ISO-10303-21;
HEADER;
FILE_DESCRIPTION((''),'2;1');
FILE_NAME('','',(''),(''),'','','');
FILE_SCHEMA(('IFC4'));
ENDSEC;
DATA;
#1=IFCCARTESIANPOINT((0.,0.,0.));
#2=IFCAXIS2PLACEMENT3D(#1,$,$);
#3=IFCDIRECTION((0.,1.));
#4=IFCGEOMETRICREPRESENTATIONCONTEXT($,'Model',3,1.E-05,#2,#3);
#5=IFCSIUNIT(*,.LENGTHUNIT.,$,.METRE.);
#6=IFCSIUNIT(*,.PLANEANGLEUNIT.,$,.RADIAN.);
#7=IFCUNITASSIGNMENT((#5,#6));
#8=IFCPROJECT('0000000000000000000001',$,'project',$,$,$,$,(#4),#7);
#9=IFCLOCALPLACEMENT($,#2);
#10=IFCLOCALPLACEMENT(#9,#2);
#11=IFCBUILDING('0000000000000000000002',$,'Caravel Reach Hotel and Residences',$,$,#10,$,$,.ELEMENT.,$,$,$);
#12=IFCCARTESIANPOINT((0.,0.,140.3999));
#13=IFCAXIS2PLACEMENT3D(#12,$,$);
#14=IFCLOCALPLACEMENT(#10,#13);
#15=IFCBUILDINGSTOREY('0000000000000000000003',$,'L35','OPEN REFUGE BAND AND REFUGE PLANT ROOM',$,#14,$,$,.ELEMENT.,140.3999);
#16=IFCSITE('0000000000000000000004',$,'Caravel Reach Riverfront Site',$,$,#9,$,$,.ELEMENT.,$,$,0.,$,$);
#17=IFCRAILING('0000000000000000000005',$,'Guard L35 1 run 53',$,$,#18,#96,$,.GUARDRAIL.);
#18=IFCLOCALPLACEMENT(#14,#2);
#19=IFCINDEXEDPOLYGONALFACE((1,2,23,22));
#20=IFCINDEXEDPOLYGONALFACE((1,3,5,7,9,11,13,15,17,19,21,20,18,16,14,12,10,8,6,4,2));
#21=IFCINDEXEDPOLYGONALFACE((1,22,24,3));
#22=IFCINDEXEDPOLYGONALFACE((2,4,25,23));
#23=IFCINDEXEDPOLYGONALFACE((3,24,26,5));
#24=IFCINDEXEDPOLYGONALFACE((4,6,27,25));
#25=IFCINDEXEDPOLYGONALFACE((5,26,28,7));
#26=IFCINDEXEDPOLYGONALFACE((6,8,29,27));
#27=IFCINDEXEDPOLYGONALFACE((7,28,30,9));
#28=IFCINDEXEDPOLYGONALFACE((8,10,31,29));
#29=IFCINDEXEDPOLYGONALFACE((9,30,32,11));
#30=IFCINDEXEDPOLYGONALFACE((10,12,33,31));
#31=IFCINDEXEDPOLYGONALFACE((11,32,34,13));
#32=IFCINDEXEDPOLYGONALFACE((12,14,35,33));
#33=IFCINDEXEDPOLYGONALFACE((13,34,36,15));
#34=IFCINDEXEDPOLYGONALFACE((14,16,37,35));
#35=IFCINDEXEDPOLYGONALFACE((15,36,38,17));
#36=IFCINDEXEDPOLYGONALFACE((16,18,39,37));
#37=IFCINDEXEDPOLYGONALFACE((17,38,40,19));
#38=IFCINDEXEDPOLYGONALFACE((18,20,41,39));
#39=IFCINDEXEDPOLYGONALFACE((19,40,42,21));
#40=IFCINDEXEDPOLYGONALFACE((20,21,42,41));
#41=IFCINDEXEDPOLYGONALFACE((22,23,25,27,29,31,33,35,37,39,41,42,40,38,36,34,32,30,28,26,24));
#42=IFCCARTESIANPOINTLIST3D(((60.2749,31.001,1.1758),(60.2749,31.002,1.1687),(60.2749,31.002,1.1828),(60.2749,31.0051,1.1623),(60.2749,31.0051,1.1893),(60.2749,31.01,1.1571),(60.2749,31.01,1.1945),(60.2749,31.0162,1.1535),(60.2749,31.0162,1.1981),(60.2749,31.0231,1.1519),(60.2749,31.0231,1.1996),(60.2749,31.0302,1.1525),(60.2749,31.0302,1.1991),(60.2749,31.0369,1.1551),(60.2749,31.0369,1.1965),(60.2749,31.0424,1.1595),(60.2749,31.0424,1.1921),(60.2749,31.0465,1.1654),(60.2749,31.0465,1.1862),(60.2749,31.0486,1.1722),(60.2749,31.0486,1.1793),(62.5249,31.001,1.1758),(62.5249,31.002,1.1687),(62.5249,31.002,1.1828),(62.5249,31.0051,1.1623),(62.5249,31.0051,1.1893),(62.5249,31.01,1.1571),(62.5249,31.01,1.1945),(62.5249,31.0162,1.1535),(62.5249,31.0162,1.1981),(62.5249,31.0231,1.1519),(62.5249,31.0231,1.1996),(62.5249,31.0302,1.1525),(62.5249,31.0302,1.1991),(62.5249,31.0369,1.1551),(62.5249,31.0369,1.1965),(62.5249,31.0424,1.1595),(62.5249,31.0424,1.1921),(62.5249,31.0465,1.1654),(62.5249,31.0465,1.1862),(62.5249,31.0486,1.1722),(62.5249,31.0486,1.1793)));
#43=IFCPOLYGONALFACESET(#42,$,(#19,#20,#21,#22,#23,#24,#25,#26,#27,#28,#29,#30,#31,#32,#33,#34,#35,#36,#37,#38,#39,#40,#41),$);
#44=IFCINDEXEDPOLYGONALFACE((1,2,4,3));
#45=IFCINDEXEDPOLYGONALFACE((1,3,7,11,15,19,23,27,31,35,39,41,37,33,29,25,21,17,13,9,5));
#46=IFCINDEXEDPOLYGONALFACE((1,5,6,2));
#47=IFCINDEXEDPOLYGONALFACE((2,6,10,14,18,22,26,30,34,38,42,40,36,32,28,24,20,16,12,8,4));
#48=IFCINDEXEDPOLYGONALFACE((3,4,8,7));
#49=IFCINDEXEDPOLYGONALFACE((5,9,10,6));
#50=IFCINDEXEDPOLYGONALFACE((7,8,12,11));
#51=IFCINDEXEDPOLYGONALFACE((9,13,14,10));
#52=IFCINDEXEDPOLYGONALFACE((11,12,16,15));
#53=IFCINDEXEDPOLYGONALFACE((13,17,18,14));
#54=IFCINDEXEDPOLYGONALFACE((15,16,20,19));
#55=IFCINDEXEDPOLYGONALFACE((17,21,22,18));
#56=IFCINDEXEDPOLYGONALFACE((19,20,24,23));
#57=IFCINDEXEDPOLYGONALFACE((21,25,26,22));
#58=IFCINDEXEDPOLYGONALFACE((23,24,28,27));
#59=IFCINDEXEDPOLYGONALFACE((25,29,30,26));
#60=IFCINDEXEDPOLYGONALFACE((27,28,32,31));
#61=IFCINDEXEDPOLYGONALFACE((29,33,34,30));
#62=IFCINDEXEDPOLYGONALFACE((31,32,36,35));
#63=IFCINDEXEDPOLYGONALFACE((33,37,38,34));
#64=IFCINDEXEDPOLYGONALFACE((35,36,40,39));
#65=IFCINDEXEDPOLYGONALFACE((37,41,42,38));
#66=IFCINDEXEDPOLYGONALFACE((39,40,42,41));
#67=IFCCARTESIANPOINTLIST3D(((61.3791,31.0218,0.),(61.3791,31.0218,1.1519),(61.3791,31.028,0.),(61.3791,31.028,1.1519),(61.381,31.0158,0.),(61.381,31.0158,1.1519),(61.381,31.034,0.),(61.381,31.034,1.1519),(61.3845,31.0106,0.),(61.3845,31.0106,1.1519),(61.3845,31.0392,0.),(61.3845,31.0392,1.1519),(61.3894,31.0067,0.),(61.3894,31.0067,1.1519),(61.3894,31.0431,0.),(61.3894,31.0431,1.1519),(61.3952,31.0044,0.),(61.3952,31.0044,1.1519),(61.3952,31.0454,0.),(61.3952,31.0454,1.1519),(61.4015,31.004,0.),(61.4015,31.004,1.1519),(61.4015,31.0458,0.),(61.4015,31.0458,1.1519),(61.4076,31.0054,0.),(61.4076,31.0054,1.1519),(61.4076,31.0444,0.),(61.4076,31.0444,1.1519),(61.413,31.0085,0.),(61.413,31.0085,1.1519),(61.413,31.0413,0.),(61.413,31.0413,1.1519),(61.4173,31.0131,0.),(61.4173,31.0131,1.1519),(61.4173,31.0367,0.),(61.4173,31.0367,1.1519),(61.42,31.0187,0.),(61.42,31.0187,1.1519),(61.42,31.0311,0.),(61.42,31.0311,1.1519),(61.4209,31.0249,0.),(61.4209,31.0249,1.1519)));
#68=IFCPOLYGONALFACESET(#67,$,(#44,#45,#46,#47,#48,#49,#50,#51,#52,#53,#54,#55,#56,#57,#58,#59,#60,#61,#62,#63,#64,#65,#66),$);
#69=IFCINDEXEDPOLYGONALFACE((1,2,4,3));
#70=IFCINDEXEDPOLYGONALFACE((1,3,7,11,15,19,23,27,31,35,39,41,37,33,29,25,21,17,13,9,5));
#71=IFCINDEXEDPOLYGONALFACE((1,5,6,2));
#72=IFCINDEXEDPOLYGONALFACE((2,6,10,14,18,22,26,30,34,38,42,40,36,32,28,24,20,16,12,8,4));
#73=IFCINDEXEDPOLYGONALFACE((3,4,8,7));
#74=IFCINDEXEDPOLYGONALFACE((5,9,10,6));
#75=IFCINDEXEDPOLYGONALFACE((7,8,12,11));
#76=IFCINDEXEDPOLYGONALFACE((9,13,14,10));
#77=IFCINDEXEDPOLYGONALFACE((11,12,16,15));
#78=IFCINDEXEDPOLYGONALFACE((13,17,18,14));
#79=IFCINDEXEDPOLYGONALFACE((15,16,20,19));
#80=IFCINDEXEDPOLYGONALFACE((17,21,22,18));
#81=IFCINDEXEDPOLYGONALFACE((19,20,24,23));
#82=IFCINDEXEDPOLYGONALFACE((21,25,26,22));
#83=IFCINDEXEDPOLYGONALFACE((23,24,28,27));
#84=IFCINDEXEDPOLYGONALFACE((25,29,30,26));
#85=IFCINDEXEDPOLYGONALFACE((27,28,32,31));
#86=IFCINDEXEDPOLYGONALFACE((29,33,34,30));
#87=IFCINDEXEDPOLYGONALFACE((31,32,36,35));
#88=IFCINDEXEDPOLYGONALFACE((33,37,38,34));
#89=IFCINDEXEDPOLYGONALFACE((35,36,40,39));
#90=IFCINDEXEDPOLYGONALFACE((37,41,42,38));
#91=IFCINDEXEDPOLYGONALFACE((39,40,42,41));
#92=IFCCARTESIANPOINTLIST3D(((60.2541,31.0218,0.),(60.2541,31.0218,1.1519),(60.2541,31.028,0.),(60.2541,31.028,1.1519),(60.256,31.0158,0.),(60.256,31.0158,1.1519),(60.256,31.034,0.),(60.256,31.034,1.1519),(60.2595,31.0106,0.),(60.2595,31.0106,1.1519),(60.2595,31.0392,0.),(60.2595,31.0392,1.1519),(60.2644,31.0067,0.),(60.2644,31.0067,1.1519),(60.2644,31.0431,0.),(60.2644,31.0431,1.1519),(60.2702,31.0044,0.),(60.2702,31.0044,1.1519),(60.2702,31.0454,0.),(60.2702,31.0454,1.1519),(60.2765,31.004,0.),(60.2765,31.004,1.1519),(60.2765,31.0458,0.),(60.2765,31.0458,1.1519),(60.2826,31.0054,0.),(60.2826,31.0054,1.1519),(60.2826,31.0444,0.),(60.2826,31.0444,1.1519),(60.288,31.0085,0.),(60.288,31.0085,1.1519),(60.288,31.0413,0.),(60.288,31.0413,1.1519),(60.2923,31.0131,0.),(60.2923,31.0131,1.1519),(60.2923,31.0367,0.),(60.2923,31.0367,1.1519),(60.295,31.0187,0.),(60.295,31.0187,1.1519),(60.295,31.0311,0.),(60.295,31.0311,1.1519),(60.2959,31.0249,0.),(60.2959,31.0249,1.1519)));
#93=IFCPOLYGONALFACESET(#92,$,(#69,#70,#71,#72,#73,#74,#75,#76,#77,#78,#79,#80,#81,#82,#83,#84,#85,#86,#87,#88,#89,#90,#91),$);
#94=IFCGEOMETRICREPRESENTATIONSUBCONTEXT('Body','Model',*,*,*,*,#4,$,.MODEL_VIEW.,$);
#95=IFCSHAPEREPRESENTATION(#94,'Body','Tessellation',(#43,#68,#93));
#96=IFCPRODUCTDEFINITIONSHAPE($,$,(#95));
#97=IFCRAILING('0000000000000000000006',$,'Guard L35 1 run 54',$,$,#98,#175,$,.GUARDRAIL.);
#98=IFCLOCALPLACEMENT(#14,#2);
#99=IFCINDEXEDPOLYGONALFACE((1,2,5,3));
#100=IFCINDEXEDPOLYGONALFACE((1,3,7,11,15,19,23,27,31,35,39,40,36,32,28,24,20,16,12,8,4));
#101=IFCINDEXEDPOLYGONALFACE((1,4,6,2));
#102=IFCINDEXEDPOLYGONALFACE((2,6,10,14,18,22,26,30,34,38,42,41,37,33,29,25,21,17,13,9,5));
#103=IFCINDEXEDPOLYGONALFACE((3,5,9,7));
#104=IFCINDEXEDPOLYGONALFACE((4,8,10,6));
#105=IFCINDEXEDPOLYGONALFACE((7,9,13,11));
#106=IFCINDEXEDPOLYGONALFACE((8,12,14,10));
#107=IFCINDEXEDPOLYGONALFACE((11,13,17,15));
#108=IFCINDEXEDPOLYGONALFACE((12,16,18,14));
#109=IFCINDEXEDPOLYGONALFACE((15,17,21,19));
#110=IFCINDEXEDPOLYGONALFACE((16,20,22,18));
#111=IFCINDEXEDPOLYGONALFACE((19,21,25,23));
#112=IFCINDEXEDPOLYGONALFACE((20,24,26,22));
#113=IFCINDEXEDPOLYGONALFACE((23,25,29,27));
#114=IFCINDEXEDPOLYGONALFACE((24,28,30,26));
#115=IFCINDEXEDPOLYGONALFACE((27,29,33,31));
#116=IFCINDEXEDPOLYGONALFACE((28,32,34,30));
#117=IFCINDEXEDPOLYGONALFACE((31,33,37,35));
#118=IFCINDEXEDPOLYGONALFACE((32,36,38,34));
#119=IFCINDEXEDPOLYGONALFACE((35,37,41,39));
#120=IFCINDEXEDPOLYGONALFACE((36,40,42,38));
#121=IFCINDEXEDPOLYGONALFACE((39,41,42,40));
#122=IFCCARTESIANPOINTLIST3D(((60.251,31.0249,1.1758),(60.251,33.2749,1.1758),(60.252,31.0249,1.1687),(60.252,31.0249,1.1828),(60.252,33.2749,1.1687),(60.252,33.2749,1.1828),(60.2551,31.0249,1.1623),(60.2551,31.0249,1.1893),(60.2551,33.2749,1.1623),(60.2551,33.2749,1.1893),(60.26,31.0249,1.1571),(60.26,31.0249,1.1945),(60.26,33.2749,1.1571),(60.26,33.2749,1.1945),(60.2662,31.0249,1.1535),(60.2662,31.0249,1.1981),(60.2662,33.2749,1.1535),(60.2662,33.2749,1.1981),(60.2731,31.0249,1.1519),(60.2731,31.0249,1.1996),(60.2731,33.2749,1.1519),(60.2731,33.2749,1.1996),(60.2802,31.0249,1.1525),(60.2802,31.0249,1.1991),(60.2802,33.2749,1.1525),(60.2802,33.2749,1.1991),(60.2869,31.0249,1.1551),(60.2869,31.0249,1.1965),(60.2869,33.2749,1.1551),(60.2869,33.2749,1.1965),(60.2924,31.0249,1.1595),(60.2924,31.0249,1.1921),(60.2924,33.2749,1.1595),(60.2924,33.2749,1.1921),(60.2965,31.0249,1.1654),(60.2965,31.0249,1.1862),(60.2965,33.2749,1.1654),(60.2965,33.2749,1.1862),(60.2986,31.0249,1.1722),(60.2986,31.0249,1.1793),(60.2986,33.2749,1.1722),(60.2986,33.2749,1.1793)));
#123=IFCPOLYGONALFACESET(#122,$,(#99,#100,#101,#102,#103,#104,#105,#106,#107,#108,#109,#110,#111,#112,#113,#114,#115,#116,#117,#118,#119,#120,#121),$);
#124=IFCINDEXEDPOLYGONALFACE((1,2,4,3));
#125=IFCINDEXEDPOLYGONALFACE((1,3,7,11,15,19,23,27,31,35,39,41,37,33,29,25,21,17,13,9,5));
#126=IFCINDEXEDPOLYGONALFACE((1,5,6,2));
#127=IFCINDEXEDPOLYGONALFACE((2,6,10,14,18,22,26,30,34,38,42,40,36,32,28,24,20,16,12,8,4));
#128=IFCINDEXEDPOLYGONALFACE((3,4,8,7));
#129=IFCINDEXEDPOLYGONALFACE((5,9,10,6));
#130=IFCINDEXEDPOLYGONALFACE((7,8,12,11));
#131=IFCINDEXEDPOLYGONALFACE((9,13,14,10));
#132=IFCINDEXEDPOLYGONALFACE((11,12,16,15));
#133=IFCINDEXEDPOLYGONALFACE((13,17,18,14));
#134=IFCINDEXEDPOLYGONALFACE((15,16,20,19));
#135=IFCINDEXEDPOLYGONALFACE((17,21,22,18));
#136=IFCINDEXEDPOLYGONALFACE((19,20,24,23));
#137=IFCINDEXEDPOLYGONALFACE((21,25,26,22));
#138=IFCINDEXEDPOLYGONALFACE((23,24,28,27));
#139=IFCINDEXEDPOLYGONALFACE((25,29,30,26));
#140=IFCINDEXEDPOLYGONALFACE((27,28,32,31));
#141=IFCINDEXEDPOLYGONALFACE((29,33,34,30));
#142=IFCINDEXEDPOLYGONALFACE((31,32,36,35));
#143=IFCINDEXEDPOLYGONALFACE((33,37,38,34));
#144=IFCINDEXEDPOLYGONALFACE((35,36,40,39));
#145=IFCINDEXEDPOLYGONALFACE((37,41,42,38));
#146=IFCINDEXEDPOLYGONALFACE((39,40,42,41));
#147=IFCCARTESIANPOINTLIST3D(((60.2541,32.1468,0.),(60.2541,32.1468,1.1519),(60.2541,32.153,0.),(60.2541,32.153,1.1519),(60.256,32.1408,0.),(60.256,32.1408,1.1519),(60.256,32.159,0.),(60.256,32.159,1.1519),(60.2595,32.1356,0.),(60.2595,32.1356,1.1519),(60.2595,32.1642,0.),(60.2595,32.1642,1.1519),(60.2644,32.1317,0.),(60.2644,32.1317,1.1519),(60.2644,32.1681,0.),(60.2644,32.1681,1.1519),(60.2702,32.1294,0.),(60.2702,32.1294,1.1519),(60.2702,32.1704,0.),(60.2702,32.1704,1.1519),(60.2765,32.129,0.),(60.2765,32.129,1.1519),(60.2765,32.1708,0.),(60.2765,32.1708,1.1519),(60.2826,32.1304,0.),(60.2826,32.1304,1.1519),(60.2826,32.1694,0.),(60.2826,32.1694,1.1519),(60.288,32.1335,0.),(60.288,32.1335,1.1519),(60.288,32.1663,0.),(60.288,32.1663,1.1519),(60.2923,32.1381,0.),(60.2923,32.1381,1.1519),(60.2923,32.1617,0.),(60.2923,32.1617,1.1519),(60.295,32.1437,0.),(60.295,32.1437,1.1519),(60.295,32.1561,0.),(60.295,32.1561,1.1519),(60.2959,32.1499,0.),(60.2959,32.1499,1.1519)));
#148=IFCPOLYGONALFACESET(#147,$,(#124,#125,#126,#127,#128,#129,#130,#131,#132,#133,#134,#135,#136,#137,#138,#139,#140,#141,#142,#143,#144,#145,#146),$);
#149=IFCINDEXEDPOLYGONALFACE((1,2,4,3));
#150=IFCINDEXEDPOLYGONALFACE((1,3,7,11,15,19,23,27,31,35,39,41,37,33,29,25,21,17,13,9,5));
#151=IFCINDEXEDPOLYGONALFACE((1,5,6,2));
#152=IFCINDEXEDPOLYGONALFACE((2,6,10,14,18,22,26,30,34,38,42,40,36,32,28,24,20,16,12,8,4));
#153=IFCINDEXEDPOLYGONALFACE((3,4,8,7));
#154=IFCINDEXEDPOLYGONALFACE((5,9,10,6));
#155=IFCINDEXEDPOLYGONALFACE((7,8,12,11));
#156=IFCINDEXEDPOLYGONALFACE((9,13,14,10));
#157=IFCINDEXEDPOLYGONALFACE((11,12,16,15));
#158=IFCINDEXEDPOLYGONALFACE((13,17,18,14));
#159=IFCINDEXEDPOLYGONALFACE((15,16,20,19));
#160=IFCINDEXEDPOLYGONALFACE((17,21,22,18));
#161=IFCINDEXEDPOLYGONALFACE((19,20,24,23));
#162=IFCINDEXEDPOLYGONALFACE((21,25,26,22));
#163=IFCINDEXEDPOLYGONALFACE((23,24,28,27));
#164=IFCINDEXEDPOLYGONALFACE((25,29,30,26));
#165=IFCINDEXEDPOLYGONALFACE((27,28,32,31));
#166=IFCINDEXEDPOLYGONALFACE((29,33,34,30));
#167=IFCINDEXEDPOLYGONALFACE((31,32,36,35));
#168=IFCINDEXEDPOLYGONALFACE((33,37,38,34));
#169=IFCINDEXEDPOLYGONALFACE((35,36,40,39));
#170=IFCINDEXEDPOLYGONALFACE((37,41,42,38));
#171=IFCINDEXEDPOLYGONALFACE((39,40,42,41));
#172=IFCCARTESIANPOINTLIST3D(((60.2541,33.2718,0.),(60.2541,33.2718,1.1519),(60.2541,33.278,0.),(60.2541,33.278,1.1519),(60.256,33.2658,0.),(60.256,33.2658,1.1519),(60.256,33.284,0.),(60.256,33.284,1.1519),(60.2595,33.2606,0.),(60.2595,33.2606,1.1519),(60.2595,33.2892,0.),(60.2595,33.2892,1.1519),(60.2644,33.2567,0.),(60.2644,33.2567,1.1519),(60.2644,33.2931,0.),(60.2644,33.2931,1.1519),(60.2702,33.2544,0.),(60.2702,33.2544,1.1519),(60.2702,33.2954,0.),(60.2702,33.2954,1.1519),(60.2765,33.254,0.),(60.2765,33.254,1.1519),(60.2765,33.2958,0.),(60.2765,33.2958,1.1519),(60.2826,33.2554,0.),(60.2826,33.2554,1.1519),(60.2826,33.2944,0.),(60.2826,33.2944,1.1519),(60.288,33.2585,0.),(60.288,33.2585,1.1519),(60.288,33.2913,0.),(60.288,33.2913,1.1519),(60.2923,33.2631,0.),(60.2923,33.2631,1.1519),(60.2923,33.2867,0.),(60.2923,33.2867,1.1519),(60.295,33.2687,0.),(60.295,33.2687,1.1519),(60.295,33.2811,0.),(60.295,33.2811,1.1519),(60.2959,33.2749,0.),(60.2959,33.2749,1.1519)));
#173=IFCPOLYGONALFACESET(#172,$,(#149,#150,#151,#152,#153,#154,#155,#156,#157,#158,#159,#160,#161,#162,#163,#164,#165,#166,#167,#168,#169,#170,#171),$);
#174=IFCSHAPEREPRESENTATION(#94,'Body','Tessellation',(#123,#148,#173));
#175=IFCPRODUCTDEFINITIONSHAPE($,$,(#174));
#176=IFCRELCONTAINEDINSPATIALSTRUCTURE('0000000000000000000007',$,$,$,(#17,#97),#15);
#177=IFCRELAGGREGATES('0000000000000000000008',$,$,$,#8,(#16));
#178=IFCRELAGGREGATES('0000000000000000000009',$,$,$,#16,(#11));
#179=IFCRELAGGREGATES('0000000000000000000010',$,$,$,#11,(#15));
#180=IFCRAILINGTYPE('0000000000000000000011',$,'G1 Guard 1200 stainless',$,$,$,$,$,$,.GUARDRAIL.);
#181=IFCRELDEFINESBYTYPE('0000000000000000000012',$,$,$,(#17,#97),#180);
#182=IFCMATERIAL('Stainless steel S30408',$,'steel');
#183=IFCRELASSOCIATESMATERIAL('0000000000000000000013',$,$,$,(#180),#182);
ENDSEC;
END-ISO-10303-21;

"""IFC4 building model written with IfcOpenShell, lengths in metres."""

from ifc_helpers import new_model, si_unit, direction, frame, origin, origin_2d, place, context, subcontext, project, spatial, circle, extrude, material, type_object, element, save


model = new_model("IFC4")

# Units and contexts
model_context = context("Model", 3, precision=1e-05, world=origin(), true_north=direction((0.0, 1.0)))
body_context = subcontext(model_context, "Body", "Model", "MODEL_VIEW")
ifc_project = project(units=[si_unit("LENGTHUNIT", "METRE"), si_unit("PLANEANGLEUNIT", "RADIAN")], contexts=[model_context])

# Site, building, storey
site_placement = place(None, origin())
site = spatial("IfcSite", under=ifc_project, at=site_placement, Name="Caravel Reach Riverfront Site", CompositionType="ELEMENT", RefElevation=0.0)
building_placement = place(site_placement, origin())
building = spatial("IfcBuilding", under=site, at=building_placement, Name="Caravel Reach Hotel and Residences", CompositionType="ELEMENT")
storey_placement = place(building_placement, frame((0.0, 0.0, 140.3999)))
storey = spatial("IfcBuildingStorey", under=building, at=storey_placement, Name="L35", Description="OPEN REFUGE BAND AND REFUGE PLANT ROOM", CompositionType="ELEMENT", Elevation=140.3999)

# Railings
ifc_material_1 = material(Name="Stainless steel S30408", Category="steel")
railing_type = type_object("IfcRailingType", Name="G1 Guard 1200 stainless", PredefinedType="GUARDRAIL", material=ifc_material_1)
railing_1_placement = place(storey_placement, frame((62.5249, 31.0249, 0.0)))
element("IfcRailing", 1, at=railing_1_placement, inside=storey, type_object=railing_type, Name="Guard L35 1 run 53", PredefinedType="GUARDRAIL", context=body_context, shape_type="SweptSolid", body=[
    extrude(circle(Radius=0.0239, at=origin_2d()), frame((0.0, 0.0, 1.1758), z_axis=(-1.0, 0.0, 0.0), x_axis=(0.0, -1.0, 0.0)), (0.0, 0.0, 1.0), 2.25),
    extrude(circle(Radius=0.021, at=origin_2d()), frame((-1.125, 0.0, 0.0)), (0.0, 0.0, 1.0), 1.1519),
    extrude(circle(Radius=0.021, at=origin_2d()), frame((-2.25, 0.0, 0.0)), (0.0, 0.0, 1.0), 1.1519),
])
railing_2_placement = place(storey_placement, frame((60.2749, 31.0249, 0.0)))
element("IfcRailing", 2, at=railing_2_placement, inside=storey, type_object=railing_type, Name="Guard L35 1 run 54", PredefinedType="GUARDRAIL", context=body_context, shape_type="SweptSolid", body=[
    extrude(circle(Radius=0.0239, at=origin_2d()), frame((0.0, 0.0, 1.1758), z_axis=(0.0, 1.0, 0.0), x_axis=(-1.0, 0.0, 0.0)), (0.0, 0.0, 1.0), 2.25),
    extrude(circle(Radius=0.021, at=origin_2d()), frame((0.0, 1.125, 0.0)), (0.0, 0.0, 1.0), 1.1519),
    extrude(circle(Radius=0.021, at=origin_2d()), frame((0.0, 2.25, 0.0)), (0.0, 0.0, 1.0), 1.1519),
])

save(model, "model.ifc")
